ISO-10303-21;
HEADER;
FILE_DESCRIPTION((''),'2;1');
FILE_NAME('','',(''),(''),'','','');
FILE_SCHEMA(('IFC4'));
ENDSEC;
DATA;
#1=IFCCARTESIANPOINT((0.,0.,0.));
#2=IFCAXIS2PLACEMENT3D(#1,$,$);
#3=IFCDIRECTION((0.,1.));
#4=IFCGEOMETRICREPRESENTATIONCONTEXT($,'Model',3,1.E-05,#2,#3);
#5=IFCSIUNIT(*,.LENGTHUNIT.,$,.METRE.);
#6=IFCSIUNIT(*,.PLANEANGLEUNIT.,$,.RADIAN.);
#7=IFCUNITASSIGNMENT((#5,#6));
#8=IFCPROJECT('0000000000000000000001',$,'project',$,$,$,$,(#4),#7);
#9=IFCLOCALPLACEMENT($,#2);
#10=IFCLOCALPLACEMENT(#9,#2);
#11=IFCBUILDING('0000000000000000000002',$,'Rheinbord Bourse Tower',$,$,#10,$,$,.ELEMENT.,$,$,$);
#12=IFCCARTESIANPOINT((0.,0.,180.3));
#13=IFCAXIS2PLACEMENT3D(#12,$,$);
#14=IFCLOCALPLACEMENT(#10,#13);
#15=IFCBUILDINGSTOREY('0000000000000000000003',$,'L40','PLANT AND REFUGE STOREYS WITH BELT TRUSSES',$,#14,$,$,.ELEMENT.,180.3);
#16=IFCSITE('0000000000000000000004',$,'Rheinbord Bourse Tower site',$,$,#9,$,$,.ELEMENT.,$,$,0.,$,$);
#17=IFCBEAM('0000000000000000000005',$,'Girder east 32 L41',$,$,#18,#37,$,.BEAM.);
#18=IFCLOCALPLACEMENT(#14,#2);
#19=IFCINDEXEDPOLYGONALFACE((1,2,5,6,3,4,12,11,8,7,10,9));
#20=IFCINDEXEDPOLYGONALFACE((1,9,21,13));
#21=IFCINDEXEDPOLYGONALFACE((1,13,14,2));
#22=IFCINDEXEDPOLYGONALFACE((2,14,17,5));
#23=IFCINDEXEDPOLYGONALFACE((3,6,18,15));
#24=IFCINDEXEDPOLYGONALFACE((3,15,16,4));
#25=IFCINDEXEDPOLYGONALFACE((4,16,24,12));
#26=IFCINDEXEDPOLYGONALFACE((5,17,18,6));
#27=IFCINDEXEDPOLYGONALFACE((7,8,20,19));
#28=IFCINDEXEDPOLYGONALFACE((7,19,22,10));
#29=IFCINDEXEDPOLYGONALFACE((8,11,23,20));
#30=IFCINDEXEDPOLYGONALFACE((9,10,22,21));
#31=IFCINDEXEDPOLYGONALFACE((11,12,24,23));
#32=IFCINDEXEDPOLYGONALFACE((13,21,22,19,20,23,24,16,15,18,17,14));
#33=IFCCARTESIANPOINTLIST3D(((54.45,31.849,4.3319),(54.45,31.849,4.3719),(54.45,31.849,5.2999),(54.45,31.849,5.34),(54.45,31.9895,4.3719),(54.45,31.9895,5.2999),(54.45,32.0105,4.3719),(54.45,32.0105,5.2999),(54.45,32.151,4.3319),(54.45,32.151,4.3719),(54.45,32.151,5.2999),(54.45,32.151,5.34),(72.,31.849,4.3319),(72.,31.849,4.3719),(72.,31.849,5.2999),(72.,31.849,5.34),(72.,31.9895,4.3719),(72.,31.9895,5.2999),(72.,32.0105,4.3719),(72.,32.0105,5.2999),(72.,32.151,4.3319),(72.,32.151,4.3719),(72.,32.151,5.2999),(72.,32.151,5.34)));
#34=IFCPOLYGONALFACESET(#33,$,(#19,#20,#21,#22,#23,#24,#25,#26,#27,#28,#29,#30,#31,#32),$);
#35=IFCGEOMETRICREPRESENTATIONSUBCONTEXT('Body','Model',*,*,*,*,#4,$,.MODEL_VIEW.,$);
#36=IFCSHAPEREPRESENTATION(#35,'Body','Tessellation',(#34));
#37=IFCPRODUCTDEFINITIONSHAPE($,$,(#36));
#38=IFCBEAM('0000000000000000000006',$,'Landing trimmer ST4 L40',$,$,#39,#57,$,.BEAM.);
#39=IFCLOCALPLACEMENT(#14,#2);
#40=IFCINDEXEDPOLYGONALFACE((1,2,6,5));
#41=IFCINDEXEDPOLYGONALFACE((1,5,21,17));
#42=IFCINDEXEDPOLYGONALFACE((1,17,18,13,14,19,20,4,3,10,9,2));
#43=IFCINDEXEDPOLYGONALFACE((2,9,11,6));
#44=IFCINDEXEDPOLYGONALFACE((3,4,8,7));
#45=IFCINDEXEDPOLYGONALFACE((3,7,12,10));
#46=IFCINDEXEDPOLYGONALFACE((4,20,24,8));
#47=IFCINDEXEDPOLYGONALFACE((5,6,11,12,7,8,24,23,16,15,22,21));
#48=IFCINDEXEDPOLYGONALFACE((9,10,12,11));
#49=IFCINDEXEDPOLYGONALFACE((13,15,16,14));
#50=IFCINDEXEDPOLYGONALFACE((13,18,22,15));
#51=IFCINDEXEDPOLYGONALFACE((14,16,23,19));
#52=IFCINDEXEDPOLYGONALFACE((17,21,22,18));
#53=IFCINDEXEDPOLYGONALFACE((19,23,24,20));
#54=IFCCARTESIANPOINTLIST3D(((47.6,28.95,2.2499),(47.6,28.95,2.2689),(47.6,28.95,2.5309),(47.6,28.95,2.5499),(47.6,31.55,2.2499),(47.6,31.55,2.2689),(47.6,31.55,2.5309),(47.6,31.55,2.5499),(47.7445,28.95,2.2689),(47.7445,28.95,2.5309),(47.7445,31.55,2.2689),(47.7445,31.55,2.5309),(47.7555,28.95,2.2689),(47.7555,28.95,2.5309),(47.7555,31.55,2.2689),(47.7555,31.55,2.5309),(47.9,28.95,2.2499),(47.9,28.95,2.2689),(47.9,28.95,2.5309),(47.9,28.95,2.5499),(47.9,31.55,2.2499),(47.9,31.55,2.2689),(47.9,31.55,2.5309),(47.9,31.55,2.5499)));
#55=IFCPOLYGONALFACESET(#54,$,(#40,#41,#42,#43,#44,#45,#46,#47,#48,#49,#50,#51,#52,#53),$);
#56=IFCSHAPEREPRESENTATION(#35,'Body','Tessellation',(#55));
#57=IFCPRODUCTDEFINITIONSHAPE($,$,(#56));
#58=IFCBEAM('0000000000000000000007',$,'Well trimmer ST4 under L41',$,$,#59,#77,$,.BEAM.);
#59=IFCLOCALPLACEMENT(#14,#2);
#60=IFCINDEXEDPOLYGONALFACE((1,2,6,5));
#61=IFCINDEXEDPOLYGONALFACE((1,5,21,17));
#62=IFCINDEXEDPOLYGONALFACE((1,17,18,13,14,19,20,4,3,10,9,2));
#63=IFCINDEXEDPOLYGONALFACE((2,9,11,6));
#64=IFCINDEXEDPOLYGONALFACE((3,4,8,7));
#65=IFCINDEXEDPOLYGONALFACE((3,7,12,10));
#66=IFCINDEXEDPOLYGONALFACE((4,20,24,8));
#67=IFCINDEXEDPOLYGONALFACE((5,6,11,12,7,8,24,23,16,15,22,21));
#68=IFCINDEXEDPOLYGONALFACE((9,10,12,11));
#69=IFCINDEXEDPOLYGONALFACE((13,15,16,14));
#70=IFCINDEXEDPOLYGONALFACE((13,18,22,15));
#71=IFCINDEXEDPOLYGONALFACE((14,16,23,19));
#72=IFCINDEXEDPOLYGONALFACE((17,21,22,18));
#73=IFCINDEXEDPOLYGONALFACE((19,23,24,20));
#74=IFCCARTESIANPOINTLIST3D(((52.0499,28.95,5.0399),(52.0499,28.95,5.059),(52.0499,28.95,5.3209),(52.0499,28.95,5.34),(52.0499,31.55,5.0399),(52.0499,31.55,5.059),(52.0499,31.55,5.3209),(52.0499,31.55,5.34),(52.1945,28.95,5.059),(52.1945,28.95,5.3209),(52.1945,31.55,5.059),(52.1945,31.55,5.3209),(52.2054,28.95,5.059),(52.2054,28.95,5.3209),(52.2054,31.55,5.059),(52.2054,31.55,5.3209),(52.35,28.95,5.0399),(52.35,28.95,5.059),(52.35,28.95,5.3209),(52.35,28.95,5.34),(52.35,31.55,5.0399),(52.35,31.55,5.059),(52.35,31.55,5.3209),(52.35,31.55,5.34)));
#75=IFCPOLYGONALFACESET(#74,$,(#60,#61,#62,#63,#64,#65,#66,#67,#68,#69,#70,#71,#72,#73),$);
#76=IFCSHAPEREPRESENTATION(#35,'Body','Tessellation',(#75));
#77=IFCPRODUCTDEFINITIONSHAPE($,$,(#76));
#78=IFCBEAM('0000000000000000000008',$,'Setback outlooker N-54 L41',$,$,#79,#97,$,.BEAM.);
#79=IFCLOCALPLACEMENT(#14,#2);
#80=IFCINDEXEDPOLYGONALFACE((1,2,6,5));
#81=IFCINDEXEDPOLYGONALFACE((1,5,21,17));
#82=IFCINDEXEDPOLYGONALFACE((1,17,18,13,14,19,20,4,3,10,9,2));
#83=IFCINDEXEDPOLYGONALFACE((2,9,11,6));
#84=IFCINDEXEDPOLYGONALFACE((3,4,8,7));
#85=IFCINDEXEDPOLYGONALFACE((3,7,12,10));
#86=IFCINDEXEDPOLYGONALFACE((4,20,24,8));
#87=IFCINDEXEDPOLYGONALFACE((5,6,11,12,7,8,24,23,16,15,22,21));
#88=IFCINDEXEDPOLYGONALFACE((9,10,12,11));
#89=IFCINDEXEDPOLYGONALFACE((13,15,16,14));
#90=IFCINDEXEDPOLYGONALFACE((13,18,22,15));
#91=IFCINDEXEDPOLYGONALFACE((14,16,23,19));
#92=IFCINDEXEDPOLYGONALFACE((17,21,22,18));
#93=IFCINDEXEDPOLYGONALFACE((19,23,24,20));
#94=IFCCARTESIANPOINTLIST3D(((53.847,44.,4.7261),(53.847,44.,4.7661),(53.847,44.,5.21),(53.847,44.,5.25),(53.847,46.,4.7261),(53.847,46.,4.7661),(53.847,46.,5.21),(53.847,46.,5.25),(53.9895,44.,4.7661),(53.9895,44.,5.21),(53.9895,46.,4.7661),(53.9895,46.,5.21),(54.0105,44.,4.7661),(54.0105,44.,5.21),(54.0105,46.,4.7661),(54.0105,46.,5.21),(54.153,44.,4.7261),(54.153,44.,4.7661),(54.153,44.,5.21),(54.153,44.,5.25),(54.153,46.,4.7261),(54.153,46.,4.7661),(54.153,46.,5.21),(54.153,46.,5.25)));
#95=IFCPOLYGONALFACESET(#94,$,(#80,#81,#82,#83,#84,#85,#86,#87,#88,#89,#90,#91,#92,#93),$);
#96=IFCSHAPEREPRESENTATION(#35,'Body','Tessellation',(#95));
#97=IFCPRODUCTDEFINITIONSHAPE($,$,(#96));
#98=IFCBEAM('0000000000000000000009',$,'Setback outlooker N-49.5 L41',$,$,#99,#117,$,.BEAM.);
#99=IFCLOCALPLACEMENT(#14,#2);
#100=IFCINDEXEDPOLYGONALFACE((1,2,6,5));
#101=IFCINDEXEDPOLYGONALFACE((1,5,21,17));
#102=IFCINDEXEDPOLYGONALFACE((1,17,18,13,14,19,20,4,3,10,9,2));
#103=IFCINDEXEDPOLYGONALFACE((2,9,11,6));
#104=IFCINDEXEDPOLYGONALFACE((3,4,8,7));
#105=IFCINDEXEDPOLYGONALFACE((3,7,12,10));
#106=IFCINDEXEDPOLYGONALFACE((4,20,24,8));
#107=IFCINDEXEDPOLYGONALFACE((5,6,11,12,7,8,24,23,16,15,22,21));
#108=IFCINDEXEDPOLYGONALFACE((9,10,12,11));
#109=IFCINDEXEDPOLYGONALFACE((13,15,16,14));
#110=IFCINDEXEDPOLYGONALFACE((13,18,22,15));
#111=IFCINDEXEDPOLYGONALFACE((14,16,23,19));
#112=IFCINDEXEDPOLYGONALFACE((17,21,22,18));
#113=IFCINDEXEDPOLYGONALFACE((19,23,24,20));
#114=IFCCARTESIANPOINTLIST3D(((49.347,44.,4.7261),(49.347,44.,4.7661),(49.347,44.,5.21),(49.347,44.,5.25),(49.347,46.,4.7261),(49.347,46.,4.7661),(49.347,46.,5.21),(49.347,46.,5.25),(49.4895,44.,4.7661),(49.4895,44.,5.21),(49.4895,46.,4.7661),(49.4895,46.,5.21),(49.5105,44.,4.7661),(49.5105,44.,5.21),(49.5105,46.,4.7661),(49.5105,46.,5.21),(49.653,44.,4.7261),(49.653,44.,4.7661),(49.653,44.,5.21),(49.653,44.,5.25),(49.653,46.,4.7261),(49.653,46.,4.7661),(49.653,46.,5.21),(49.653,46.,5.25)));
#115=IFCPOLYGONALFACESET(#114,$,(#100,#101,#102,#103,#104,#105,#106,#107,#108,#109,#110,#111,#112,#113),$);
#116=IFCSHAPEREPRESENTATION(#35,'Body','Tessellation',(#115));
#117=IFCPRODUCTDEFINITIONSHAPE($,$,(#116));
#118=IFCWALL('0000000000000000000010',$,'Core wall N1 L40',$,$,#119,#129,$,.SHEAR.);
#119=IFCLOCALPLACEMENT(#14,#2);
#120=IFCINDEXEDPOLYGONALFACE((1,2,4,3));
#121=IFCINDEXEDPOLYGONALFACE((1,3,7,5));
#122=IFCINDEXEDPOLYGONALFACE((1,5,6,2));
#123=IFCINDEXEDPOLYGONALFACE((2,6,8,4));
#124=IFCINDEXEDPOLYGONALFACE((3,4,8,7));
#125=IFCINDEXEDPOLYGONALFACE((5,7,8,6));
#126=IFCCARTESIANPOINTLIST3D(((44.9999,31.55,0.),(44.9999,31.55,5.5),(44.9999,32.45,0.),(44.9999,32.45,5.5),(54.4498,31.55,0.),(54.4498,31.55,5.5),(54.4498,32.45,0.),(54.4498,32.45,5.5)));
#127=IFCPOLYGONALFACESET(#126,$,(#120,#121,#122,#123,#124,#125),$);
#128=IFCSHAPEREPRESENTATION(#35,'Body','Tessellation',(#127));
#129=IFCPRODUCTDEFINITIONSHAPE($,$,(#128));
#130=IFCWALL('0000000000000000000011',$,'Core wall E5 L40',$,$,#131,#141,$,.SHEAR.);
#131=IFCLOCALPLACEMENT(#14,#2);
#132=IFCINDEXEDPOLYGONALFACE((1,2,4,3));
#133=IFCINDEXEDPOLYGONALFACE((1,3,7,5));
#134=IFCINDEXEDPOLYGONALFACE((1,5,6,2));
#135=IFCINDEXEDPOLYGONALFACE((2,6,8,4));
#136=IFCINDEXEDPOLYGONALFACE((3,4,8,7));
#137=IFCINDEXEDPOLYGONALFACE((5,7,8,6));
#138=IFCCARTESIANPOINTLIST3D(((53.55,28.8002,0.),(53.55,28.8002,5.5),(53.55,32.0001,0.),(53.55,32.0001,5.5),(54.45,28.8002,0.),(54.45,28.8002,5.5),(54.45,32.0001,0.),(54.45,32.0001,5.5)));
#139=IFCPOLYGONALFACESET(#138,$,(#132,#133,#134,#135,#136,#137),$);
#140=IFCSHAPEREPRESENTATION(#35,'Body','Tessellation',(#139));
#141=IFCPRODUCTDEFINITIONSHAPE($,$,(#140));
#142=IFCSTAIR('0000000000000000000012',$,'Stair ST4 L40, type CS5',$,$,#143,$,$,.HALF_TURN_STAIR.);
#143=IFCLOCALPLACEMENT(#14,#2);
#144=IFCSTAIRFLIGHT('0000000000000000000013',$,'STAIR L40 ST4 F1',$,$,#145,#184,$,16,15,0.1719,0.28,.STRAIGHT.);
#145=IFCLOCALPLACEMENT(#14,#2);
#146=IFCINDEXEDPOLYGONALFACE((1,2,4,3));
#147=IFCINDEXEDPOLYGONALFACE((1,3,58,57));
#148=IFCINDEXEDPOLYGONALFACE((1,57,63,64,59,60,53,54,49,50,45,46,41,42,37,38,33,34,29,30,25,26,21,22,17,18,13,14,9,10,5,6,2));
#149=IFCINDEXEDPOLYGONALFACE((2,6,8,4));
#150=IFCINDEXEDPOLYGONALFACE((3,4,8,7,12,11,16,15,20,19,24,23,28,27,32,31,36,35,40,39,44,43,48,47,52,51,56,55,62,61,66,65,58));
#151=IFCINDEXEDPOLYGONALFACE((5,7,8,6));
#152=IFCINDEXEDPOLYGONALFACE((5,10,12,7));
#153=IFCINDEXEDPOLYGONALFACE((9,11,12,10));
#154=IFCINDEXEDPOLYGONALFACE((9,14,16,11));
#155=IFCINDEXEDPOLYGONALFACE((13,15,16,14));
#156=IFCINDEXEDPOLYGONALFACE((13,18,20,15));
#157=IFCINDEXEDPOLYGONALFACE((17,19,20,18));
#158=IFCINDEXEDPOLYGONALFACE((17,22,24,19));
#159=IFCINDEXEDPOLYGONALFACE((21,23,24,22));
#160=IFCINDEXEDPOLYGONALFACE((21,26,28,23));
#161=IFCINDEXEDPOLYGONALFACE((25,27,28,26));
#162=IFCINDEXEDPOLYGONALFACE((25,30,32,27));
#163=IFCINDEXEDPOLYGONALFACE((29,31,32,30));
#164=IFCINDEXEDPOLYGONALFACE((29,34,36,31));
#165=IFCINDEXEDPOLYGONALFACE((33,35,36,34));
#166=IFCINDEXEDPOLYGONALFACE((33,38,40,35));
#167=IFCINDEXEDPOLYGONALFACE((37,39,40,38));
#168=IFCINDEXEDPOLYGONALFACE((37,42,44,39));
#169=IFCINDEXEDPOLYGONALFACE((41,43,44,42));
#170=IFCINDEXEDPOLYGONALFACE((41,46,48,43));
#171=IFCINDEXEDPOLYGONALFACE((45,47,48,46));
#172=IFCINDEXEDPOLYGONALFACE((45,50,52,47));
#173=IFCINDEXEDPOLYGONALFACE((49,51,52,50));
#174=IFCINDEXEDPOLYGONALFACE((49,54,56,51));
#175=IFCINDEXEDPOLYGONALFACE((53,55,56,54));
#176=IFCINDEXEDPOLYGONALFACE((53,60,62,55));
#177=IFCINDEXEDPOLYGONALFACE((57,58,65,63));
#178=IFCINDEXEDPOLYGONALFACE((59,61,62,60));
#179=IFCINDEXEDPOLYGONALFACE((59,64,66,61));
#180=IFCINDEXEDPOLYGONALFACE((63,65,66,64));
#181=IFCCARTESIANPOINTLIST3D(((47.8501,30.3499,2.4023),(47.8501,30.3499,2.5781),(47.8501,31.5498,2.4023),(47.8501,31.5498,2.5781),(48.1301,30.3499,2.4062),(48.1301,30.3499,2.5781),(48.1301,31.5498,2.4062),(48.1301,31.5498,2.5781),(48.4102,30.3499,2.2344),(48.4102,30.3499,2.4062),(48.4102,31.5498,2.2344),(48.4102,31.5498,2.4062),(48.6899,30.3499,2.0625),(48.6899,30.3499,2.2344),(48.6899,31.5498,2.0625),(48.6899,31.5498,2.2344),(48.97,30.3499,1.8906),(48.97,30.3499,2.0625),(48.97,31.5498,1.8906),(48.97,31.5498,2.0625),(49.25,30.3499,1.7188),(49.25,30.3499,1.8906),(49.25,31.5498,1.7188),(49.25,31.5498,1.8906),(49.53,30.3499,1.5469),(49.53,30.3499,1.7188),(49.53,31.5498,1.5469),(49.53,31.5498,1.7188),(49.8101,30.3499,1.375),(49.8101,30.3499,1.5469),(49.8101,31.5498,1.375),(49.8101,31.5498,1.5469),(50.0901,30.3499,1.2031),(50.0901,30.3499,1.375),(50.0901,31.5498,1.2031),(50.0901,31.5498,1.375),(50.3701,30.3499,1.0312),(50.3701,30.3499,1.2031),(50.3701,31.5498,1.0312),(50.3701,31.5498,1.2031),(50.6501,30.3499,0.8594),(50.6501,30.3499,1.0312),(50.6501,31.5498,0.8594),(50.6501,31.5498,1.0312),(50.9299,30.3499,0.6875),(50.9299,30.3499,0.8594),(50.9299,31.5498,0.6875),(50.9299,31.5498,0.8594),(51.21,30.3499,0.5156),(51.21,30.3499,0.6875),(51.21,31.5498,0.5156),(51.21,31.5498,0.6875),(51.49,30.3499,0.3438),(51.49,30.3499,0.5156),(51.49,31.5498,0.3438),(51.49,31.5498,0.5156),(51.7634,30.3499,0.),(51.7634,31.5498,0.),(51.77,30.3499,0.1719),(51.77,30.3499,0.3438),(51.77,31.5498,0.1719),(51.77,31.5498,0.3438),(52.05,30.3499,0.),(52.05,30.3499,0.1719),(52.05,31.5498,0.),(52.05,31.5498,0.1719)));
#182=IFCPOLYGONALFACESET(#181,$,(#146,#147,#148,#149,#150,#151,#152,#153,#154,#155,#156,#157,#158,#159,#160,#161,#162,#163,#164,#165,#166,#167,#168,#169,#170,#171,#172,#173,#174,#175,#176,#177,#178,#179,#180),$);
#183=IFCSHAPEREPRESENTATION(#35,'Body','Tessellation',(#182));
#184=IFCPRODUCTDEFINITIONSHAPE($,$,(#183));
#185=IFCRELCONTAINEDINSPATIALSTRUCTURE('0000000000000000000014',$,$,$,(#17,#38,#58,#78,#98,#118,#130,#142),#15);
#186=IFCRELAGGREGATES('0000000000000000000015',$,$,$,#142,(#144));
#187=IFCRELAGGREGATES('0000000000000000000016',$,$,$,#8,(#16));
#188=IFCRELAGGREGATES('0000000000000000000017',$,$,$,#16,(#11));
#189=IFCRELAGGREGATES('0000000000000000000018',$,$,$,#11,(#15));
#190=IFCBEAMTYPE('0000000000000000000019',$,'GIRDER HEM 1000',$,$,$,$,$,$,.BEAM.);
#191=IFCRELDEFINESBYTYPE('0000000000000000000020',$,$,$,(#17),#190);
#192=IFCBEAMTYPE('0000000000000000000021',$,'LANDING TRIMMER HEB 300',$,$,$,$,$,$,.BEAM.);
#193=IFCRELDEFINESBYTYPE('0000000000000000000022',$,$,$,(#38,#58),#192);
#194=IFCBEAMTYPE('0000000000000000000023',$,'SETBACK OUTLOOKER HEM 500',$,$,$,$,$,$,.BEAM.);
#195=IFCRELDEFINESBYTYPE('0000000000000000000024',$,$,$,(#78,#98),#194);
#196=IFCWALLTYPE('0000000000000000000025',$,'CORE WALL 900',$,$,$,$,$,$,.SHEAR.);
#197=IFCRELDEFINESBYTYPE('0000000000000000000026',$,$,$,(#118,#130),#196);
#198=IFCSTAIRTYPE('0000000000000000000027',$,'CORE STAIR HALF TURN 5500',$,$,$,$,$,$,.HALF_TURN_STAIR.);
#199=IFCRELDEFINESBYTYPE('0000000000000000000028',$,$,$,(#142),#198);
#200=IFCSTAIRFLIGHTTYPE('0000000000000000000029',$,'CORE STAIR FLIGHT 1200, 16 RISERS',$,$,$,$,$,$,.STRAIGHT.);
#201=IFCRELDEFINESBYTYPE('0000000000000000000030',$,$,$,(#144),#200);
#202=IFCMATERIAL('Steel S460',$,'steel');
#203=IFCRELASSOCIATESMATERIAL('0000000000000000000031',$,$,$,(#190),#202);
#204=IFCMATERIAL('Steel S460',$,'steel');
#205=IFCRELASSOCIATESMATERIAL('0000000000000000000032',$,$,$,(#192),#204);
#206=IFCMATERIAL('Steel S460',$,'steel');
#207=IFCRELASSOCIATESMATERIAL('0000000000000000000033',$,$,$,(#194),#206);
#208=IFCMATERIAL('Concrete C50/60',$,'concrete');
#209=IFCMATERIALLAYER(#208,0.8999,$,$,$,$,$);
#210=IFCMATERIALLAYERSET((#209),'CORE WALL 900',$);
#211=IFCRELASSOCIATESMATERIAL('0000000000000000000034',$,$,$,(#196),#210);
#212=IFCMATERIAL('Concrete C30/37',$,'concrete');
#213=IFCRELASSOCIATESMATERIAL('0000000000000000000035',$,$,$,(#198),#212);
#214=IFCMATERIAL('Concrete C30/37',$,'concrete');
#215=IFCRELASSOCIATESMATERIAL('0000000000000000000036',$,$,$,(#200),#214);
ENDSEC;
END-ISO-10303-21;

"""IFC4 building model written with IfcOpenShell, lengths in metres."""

from ifc_helpers import new_model, si_unit, direction, frame, frame_2d, origin, origin_2d, place, context, subcontext, project, spatial, polyline, rectangle, i_section, outline, extrude, material, layer, layer_set, material_profile, profile_set, type_object, element, aggregate, save


model = new_model("IFC4")

# Units and contexts
model_context = context("Model", 3, precision=1e-05, world=origin(), true_north=direction((0.0, 1.0)))
body_context = subcontext(model_context, "Body", "Model", "MODEL_VIEW")
ifc_project = project(units=[si_unit("LENGTHUNIT", "METRE"), si_unit("PLANEANGLEUNIT", "RADIAN")], contexts=[model_context])

# Site, building, storey
site_placement = place(None, origin())
site = spatial("IfcSite", under=ifc_project, at=site_placement, Name="Rheinbord Bourse Tower site", CompositionType="ELEMENT", RefElevation=0.0)
building_placement = place(site_placement, origin())
building = spatial("IfcBuilding", under=site, at=building_placement, Name="Rheinbord Bourse Tower", CompositionType="ELEMENT")
storey_placement = place(building_placement, frame((0.0, 0.0, 180.3)))
storey = spatial("IfcBuildingStorey", under=building, at=storey_placement, Name="L40", Description="PLANT AND REFUGE STOREYS WITH BELT TRUSSES", CompositionType="ELEMENT", Elevation=180.3)

# Beams
ifc_material_1 = material(Name="Steel S460", Category="steel")
ifc_material_profile_1 = material_profile(ifc_material_1, i_section(OverallWidth=0.302, OverallDepth=1.0081, WebThickness=0.021, FlangeThickness=0.04, at=origin_2d()), Name="HEM 1000")
ifc_profile_set_1 = profile_set([ifc_material_profile_1], Name="Steel S460")
beam_type_1 = type_object("IfcBeamType", Name="GIRDER HEM 1000", PredefinedType="BEAM", material=ifc_profile_set_1)
beam_1_placement = place(storey_placement, frame((54.45, 32.0, 4.8359), z_axis=(1.0, 0.0, 0.0), x_axis=(0.0, 1.0, 0.0)))
element("IfcBeam", 1, at=beam_1_placement, inside=storey, type_object=beam_type_1, Name="Girder east 32 L41", PredefinedType="BEAM", context=body_context, shape_type="SweptSolid", body=[
    extrude(i_section(OverallWidth=0.302, OverallDepth=1.0081, WebThickness=0.021, FlangeThickness=0.04, at=origin_2d()), origin(), (0.0, 0.0, 1.0), 17.55),
])
ifc_material_2 = material(Name="Steel S460", Category="steel")
ifc_material_profile_2 = material_profile(ifc_material_2, i_section(OverallWidth=0.3, OverallDepth=0.3, WebThickness=0.011, FlangeThickness=0.019, at=origin_2d()), Name="HEB 300")
ifc_profile_set_2 = profile_set([ifc_material_profile_2], Name="Steel S460")
beam_type_2 = type_object("IfcBeamType", Name="LANDING TRIMMER HEB 300", PredefinedType="BEAM", material=ifc_profile_set_2)
for number, where, z_axis, x_axis, name in (
    (2, (47.75, 28.95, 2.3999), (0.0, 1.0, 0.0), (-1.0, 0.0, 0.0), "Landing trimmer ST4 L40"),
    (3, (52.2, 28.95, 5.1899), (0.0, 1.0, 0.0), (-1.0, 0.0, 0.0), "Well trimmer ST4 under L41"),
):
    element("IfcBeam", number, at=place(storey_placement, frame(where, z_axis=z_axis, x_axis=x_axis)), inside=storey, type_object=beam_type_2, Name=name, PredefinedType="BEAM", context=body_context, shape_type="SweptSolid", body=[
        extrude(i_section(OverallWidth=0.3, OverallDepth=0.3, WebThickness=0.011, FlangeThickness=0.019, at=origin_2d()), origin(), (0.0, 0.0, 1.0), 2.6001),
    ])
ifc_material_3 = material(Name="Steel S460", Category="steel")
ifc_material_profile_3 = material_profile(ifc_material_3, i_section(OverallWidth=0.3059, OverallDepth=0.5239, WebThickness=0.021, FlangeThickness=0.04, at=origin_2d()), Name="HEM 500")
ifc_profile_set_3 = profile_set([ifc_material_profile_3], Name="Steel S460")
beam_type_3 = type_object("IfcBeamType", Name="SETBACK OUTLOOKER HEM 500", PredefinedType="BEAM", material=ifc_profile_set_3)
for number, where, z_axis, x_axis, name in (
    (4, (54.0, 44.0, 4.988), (0.0, 1.0, 0.0), (-1.0, 0.0, 0.0), "Setback outlooker N-54 L41"),
    (5, (49.5, 44.0, 4.988), (0.0, 1.0, 0.0), (-1.0, 0.0, 0.0), "Setback outlooker N-49.5 L41"),
):
    element("IfcBeam", number, at=place(storey_placement, frame(where, z_axis=z_axis, x_axis=x_axis)), inside=storey, type_object=beam_type_3, Name=name, PredefinedType="BEAM", context=body_context, shape_type="SweptSolid", body=[
        extrude(i_section(OverallWidth=0.3059, OverallDepth=0.5239, WebThickness=0.021, FlangeThickness=0.04, at=origin_2d()), origin(), (0.0, 0.0, 1.0), 2.0),
    ])

# Walls
ifc_material_4 = material(Name="Concrete C50/60", Category="concrete")
ifc_layer = layer(ifc_material_4, 0.8999)
ifc_layer_set = layer_set([ifc_layer], Name="CORE WALL 900")
wall_type = type_object("IfcWallType", Name="CORE WALL 900", PredefinedType="SHEAR", material=ifc_layer_set)
wall_1_placement = place(storey_placement, frame((54.45, 32.0, 0.0), z_axis=(0.0, 0.0, 1.0), x_axis=(-1.0, 0.0, 0.0)))
element("IfcWall", 6, at=wall_1_placement, inside=storey, type_object=wall_type, Name="Core wall N1 L40", PredefinedType="SHEAR", context=body_context, shape_type="SweptSolid", body=[
    extrude(rectangle(XDim=9.45, YDim=0.8999, at=frame_2d((4.7251, 0.0))), origin(), (0.0, 0.0, 1.0), 5.5),
])
wall_2_placement = place(storey_placement, frame((54.0, 28.8, 0.0), z_axis=(0.0, 0.0, 1.0), x_axis=(0.0, 1.0, 0.0)))
element("IfcWall", 7, at=wall_2_placement, inside=storey, type_object=wall_type, Name="Core wall E5 L40", PredefinedType="SHEAR", context=body_context, shape_type="SweptSolid", body=[
    extrude(rectangle(XDim=3.2, YDim=0.8999, at=frame_2d((1.6001, 0.0))), origin(), (0.0, 0.0, 1.0), 5.5),
])

# Stair, stair flight
ifc_material_5 = material(Name="Concrete C30/37", Category="concrete")
stair_type = type_object("IfcStairType", Name="CORE STAIR HALF TURN 5500", PredefinedType="HALF_TURN_STAIR", material=ifc_material_5)
stair_placement = place(storey_placement, origin())
stair = element("IfcStair", 8, at=stair_placement, inside=storey, type_object=stair_type, Name="Stair ST4 L40, type CS5", PredefinedType="HALF_TURN_STAIR")
ifc_material_6 = material(Name="Concrete C30/37", Category="concrete")
stair_flight_type = type_object("IfcStairFlightType", Name="CORE STAIR FLIGHT 1200, 16 RISERS", PredefinedType="STRAIGHT", material=ifc_material_6)
stair_flight_1_placement = place(storey_placement, frame((52.05, 30.95, 0.0), z_axis=(0.0, 0.0, 1.0), x_axis=(-1.0, 0.0, 0.0)))
stair_flight_1 = element("IfcStairFlight", 9, at=stair_flight_1_placement, type_object=stair_flight_type, Name="STAIR L40 ST4 F1", NumberOfRisers=16, NumberOfTreads=15, PredefinedType="STRAIGHT", RiserHeight=0.1719, TreadLength=0.28, context=body_context, shape_type="SweptSolid", body=[
    extrude(outline(polyline([(0.0, 0.0), (0.0, 0.1719), (0.28, 0.1719), (0.28, 0.3438), (0.5601, 0.3438), (0.5601, 0.5156), (0.8401, 0.5156), (0.8401, 0.6875), (1.1201, 0.6875), (1.1201, 0.8594), (1.3999, 0.8594), (1.3999, 1.0312), (1.6799, 1.0312), (1.6799, 1.2031), (1.96, 1.2031), (1.96, 1.375), (2.24, 1.375), (2.24, 1.5469), (2.52, 1.5469), (2.52, 1.7188), (2.8, 1.7188), (2.8, 1.8906), (3.0801, 1.8906), (3.0801, 2.0625), (3.3601, 2.0625), (3.3601, 2.2344), (3.6399, 2.2344), (3.6399, 2.4062), (3.9199, 2.4062), (3.9199, 2.5781), (4.2, 2.5781), (4.2, 2.75), (4.2, 2.4023), (0.2866, 0.0), (0.0, 0.0)])), frame((0.0, 0.6001, 0.0), z_axis=(0.0, -1.0, 0.0), x_axis=(1.0, 0.0, 0.0)), (0.0, 0.0, 1.0), 1.2),
])
aggregate(stair, [stair_flight_1])

save(model, "model.ifc")
